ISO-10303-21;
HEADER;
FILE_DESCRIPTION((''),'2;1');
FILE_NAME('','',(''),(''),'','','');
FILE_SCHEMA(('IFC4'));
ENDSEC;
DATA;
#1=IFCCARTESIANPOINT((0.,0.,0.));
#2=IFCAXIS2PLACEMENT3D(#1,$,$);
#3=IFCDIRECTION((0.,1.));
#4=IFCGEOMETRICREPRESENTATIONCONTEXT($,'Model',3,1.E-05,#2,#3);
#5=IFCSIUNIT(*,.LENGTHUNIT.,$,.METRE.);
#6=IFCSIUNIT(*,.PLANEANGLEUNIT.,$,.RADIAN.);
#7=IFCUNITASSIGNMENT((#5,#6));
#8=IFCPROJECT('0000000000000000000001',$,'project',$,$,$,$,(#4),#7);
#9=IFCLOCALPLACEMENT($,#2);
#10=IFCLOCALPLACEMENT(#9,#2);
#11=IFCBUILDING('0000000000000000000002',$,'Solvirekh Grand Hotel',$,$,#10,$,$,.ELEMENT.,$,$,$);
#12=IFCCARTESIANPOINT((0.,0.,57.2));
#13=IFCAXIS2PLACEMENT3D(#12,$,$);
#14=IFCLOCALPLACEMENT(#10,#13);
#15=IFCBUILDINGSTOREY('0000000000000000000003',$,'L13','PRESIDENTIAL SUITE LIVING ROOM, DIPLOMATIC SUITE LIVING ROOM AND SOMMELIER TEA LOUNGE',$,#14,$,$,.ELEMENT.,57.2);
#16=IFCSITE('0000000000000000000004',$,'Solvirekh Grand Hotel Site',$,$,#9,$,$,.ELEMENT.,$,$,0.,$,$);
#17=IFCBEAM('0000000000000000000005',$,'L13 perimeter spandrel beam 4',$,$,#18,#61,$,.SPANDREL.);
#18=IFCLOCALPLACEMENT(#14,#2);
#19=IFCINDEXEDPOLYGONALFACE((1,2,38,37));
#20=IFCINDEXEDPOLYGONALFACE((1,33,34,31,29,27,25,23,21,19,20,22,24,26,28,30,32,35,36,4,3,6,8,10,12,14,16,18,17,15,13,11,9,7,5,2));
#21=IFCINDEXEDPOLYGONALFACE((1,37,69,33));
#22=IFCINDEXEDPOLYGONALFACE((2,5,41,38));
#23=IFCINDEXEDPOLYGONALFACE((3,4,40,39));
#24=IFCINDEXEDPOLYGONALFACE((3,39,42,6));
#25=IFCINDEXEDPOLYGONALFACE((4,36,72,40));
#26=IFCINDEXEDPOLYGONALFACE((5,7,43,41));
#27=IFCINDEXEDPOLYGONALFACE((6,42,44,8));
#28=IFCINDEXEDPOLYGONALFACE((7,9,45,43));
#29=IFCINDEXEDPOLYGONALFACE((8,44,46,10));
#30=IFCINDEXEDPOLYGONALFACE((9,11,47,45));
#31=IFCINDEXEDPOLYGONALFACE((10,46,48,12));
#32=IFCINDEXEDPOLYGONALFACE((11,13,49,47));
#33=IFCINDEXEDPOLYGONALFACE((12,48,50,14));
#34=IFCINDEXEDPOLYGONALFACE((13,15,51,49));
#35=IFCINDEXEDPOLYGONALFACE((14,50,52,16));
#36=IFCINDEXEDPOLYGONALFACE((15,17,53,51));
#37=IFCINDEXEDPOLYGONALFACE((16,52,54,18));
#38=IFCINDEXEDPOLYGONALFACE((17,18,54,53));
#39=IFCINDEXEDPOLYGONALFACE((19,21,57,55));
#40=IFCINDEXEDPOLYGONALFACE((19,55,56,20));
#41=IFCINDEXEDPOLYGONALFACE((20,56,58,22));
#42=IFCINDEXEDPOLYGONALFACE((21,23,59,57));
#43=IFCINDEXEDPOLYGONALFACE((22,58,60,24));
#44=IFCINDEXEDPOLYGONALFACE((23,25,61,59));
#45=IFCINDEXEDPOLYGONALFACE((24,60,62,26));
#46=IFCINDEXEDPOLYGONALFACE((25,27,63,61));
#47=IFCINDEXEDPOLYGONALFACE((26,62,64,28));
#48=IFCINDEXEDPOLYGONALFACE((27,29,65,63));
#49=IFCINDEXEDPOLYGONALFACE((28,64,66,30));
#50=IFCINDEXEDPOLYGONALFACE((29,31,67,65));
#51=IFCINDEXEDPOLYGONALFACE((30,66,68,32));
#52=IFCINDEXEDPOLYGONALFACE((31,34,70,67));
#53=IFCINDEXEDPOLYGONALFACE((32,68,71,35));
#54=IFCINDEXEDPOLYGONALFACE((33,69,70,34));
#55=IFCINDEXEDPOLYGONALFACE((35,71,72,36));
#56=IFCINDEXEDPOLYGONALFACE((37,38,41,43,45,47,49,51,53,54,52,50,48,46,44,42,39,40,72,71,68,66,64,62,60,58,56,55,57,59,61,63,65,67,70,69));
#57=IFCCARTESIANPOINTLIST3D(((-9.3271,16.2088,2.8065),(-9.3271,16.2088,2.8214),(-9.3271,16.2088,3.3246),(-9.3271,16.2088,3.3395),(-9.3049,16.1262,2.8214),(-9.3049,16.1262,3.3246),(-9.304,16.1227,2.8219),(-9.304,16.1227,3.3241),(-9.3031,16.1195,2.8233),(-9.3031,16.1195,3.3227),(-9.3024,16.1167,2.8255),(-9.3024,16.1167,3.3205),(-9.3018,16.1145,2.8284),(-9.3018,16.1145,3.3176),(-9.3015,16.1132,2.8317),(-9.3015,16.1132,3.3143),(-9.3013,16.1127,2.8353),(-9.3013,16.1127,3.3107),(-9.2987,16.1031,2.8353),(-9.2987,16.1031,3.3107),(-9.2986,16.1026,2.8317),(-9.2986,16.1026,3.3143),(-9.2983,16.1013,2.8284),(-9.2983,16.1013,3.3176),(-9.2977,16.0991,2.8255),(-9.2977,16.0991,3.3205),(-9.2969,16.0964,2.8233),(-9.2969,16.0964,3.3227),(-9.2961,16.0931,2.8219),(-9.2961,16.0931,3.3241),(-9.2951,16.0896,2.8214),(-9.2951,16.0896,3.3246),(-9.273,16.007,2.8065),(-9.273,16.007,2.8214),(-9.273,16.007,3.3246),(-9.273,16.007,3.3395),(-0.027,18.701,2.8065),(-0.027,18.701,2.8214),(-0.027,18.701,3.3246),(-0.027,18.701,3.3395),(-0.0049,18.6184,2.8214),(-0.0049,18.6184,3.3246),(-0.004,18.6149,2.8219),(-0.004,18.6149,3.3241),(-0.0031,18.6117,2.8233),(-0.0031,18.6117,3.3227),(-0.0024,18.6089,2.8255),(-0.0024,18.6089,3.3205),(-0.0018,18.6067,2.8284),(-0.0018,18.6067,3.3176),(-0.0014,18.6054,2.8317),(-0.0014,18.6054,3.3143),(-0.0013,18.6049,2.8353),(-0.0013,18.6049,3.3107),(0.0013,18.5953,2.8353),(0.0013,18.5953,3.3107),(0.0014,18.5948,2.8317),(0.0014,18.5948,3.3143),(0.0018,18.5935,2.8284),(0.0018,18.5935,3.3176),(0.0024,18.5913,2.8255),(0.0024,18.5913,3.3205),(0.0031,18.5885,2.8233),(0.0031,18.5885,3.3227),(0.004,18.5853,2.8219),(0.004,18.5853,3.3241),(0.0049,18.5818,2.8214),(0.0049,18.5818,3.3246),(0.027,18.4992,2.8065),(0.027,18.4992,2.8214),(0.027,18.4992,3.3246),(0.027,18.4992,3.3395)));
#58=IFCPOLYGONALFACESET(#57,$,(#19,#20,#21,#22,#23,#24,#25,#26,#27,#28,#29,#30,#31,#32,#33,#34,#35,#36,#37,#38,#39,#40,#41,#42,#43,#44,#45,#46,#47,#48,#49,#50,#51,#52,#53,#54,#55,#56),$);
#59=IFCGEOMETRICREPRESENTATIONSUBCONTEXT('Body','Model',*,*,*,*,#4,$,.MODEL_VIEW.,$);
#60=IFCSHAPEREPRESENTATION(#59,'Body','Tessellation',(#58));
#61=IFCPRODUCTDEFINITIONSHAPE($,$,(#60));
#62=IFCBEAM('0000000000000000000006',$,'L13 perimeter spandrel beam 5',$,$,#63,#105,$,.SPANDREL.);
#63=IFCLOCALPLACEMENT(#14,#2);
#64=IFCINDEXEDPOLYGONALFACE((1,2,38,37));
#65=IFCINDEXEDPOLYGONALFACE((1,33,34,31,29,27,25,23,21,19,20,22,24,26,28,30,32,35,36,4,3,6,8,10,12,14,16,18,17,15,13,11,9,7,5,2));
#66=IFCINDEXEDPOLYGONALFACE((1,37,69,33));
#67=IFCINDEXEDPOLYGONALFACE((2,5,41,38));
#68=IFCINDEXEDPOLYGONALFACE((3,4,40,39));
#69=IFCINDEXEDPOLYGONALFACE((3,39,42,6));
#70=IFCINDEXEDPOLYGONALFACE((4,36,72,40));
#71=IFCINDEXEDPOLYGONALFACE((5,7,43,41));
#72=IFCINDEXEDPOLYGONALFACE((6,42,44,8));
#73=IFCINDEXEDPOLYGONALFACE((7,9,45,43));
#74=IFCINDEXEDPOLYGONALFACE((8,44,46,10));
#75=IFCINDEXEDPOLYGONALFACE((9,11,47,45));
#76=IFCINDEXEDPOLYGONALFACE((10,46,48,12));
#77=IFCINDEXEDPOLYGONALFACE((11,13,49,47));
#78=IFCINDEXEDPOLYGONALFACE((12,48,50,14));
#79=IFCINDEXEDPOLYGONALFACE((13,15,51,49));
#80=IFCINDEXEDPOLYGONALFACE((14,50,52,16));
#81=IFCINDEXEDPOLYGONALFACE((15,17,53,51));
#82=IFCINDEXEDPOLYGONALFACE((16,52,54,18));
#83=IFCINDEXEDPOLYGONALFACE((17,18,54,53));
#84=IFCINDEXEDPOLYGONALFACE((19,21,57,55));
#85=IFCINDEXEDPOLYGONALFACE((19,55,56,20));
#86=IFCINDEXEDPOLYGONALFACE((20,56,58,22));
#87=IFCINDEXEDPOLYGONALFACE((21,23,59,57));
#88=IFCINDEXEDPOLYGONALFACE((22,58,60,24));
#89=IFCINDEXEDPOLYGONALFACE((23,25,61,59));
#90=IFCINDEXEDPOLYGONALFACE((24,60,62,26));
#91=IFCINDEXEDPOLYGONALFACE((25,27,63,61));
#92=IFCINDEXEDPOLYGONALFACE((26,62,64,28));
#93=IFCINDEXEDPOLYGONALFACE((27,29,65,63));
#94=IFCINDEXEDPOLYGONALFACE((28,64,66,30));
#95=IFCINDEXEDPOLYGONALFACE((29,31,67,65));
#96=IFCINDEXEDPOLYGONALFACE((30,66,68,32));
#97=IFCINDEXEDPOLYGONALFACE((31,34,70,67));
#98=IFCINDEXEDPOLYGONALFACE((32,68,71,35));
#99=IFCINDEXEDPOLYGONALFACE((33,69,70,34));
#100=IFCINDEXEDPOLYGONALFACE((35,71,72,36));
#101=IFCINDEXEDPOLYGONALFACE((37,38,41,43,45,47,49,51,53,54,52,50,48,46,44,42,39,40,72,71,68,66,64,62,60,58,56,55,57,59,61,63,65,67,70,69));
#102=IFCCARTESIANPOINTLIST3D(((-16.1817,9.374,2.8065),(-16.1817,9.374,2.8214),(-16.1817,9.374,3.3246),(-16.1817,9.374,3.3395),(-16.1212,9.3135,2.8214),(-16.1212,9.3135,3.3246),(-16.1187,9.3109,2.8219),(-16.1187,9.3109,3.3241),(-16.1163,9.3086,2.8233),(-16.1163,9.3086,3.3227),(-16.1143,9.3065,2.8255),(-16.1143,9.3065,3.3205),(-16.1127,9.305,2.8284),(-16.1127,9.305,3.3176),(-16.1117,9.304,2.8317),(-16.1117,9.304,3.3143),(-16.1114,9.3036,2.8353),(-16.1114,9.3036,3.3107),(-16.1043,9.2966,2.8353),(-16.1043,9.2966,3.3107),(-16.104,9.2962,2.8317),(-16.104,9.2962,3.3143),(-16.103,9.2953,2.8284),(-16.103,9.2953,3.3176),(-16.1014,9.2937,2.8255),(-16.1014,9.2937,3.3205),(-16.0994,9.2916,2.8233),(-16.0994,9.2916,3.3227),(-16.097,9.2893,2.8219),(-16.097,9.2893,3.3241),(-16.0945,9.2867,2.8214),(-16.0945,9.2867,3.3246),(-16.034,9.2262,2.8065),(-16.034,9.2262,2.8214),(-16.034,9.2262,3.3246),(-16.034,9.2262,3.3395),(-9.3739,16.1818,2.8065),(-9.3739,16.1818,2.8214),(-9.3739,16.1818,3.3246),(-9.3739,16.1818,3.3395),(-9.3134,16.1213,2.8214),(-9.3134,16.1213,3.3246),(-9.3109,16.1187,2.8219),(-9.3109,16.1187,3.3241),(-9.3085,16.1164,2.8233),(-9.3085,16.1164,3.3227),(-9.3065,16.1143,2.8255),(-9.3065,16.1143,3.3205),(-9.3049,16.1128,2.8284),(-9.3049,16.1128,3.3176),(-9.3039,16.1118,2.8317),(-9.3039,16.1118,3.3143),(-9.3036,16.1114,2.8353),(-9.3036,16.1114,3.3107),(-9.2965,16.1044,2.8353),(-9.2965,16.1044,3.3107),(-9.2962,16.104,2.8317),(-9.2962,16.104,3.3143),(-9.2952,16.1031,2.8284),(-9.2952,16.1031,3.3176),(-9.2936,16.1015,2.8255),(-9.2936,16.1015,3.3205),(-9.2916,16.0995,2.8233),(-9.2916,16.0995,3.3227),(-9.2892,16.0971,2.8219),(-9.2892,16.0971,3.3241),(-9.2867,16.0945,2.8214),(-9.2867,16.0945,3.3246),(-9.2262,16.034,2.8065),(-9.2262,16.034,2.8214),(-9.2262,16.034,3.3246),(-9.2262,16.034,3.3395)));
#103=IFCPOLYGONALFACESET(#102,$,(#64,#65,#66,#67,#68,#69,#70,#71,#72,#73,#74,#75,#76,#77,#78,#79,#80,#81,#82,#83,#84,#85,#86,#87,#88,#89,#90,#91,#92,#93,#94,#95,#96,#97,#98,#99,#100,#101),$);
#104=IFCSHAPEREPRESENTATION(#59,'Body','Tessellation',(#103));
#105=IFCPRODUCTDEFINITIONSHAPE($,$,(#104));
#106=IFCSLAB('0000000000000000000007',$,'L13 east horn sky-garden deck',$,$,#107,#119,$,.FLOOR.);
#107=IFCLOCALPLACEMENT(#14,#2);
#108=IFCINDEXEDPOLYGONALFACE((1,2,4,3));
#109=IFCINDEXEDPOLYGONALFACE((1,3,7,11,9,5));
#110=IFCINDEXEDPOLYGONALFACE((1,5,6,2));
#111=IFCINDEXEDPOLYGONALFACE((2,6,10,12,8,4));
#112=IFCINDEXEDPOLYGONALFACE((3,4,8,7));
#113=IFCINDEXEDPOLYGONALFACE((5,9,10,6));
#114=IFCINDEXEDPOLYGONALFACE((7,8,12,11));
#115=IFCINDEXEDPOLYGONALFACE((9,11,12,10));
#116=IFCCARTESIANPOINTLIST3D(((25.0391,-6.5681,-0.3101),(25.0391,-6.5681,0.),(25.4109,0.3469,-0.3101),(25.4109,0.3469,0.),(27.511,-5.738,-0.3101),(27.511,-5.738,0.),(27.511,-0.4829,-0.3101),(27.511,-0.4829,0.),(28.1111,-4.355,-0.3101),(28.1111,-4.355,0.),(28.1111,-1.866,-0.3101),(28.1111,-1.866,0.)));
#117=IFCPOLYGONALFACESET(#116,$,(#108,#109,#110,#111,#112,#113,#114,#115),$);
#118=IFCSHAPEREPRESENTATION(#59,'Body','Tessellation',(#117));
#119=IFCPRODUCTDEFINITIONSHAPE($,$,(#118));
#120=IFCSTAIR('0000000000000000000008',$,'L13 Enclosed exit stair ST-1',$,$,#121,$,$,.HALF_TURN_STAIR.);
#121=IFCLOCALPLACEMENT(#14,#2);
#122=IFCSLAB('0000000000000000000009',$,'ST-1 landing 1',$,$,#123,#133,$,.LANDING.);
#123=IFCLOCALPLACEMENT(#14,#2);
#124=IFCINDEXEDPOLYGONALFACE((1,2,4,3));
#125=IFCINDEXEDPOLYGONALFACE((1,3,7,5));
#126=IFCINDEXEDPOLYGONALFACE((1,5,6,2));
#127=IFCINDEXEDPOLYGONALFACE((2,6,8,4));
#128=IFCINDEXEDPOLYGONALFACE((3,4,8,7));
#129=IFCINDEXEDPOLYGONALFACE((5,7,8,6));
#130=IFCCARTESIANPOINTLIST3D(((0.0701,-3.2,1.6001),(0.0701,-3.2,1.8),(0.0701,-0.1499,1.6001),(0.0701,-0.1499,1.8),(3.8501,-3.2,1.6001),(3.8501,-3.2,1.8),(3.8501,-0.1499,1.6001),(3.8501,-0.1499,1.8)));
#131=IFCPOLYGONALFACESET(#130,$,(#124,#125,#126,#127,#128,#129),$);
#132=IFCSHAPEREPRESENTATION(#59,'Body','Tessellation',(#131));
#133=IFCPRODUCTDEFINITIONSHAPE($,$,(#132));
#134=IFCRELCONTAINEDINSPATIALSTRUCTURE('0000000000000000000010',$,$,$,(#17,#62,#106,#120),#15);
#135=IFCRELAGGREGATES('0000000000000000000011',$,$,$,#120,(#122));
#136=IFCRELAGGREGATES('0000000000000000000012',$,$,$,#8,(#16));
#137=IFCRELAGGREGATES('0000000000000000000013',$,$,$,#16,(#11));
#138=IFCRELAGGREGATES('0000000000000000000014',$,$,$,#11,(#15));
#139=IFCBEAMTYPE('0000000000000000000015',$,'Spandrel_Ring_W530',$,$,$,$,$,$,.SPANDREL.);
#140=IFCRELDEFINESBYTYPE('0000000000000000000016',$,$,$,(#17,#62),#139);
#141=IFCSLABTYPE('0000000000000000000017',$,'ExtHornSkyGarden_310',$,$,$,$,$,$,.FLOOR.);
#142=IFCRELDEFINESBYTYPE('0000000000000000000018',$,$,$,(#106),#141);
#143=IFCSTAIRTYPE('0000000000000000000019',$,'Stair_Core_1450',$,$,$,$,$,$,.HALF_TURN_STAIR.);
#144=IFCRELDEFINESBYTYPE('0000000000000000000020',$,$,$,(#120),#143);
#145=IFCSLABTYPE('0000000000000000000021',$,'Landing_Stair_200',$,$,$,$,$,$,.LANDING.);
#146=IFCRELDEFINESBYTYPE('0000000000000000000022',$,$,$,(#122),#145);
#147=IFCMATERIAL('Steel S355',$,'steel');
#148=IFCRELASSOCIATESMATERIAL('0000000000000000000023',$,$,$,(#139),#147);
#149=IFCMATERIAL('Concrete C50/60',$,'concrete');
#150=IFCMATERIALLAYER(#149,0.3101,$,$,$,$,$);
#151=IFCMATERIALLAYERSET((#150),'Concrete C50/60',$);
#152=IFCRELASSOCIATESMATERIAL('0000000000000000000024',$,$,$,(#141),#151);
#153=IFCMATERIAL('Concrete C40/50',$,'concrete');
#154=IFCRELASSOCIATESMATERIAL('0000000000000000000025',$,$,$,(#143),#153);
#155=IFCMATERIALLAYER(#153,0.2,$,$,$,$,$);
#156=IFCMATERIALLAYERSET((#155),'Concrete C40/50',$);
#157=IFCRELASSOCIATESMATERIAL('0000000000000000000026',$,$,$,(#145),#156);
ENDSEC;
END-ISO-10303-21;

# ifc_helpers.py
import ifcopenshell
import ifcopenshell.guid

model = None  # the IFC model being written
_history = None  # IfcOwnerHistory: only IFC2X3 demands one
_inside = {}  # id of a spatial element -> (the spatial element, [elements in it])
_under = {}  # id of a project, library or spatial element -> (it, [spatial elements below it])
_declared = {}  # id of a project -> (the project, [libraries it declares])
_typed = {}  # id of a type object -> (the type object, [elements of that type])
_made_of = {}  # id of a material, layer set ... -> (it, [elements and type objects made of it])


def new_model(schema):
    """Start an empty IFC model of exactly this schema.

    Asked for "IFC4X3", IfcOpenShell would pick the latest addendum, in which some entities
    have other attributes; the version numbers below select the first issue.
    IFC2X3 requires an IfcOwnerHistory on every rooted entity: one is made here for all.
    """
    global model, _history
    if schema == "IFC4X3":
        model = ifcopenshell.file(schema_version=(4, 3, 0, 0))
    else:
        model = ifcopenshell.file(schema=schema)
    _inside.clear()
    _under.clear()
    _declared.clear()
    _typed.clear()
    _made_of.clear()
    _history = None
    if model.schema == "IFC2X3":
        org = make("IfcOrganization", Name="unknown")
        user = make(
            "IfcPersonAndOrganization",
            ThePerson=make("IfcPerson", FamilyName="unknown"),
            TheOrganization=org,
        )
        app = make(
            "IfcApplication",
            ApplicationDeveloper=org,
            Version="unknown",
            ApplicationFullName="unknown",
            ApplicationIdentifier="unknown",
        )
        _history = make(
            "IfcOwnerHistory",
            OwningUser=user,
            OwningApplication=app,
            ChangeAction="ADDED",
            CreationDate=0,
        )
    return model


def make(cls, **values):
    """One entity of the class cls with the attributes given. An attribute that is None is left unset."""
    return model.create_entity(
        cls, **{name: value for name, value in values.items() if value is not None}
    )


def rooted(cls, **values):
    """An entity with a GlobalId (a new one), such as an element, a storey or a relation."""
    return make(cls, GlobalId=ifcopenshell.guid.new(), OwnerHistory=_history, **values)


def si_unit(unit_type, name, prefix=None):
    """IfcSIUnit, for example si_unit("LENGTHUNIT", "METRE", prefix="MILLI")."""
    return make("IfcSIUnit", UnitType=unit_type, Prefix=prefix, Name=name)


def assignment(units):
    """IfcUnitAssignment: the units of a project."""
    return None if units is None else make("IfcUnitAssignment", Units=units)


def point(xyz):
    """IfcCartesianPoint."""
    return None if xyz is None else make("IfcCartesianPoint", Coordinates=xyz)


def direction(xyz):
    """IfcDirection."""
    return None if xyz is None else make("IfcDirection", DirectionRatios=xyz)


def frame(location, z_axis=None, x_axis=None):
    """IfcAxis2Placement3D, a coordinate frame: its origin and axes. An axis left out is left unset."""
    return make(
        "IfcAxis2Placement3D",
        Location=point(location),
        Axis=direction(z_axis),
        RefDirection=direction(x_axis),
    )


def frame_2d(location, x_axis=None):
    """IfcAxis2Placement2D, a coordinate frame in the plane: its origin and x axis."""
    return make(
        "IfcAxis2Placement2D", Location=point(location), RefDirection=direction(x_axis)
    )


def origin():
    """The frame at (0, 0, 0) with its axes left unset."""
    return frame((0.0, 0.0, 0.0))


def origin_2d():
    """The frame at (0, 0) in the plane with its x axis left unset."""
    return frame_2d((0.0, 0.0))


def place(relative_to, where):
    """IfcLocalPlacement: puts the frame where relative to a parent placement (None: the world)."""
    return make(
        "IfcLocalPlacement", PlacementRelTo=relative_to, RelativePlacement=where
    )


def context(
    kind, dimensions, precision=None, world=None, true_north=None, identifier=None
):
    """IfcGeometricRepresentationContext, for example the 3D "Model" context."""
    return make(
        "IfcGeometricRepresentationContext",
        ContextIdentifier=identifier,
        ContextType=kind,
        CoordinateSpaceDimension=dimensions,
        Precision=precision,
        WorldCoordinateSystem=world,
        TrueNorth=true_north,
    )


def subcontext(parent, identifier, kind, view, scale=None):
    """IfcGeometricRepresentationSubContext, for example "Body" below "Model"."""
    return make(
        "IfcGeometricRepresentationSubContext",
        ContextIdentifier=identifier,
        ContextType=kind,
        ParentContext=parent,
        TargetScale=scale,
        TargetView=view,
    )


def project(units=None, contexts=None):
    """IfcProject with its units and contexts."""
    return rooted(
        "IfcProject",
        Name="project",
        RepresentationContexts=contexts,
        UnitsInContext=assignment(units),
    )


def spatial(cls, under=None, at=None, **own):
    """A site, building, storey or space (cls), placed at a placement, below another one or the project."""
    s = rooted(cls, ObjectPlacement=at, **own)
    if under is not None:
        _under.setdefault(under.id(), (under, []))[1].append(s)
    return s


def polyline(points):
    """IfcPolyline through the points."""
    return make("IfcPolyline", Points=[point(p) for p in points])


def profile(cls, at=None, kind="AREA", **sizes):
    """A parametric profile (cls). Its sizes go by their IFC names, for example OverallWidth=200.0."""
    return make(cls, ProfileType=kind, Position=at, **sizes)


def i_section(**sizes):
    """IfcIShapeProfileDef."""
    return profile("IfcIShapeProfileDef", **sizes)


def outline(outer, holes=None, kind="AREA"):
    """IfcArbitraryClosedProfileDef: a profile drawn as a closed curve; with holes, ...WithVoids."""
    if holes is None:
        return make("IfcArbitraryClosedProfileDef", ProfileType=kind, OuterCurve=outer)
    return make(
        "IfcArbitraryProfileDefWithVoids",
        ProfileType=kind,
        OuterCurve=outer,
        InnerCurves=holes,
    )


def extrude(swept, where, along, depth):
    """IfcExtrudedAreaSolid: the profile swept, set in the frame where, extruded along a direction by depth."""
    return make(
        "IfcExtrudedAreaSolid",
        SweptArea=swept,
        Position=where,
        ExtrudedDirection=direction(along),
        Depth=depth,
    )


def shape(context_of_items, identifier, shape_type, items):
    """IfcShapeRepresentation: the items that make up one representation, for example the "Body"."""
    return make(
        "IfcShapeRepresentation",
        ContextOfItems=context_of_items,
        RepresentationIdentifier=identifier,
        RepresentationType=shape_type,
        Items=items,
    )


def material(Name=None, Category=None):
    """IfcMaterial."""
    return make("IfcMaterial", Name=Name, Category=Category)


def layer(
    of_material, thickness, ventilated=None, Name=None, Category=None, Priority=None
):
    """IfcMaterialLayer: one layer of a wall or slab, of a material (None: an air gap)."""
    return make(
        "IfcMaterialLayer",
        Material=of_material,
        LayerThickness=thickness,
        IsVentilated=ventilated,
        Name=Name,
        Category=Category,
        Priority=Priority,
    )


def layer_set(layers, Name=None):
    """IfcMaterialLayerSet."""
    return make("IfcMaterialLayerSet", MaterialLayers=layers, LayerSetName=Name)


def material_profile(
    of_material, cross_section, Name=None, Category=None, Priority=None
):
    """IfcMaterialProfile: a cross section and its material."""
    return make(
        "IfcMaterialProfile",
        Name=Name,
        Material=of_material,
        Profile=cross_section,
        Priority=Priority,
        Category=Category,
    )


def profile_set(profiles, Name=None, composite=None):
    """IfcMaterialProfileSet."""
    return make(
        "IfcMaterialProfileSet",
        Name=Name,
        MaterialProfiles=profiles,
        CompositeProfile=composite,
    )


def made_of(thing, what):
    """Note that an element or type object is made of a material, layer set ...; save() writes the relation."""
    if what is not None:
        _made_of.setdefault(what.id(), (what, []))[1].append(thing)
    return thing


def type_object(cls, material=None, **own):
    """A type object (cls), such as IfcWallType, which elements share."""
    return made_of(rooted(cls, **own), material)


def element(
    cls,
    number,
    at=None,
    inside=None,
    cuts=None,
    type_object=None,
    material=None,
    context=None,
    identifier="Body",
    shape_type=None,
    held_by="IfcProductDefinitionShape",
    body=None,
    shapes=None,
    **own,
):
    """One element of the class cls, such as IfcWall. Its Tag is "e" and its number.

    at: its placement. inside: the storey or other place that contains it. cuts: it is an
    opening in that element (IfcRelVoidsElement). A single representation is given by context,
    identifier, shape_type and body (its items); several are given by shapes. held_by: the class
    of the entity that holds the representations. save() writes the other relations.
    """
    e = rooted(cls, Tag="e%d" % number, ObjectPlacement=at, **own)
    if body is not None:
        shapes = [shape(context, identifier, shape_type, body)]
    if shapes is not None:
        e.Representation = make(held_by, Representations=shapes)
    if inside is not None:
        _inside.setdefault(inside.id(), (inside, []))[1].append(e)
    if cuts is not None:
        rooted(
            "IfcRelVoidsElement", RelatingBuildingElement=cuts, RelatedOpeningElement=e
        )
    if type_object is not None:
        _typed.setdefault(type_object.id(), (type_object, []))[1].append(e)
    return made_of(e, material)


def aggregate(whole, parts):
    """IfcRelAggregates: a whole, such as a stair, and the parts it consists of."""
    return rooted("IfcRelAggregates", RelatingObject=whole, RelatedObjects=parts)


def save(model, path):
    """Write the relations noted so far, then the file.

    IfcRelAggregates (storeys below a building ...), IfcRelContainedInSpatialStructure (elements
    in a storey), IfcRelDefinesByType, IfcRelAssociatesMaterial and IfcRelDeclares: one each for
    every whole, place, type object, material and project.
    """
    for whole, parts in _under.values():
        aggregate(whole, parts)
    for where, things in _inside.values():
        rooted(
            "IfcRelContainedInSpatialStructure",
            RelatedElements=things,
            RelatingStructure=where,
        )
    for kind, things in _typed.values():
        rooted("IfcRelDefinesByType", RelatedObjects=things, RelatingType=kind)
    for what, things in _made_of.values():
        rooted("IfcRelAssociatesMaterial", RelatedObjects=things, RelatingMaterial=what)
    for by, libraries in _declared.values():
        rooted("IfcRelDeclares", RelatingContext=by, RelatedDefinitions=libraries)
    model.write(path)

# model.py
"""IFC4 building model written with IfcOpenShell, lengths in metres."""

from ifc_helpers import new_model, si_unit, direction, frame, origin, origin_2d, place, context, subcontext, project, spatial, polyline, i_section, outline, extrude, material, layer, layer_set, material_profile, profile_set, type_object, element, aggregate, save


model = new_model("IFC4")

# Units and contexts
model_context = context("Model", 3, precision=1e-05, world=origin(), true_north=direction((0.0, 1.0)))
body_context = subcontext(model_context, "Body", "Model", "MODEL_VIEW")
ifc_project = project(units=[si_unit("LENGTHUNIT", "METRE"), si_unit("PLANEANGLEUNIT", "RADIAN")], contexts=[model_context])

# Site, building, storey
site_placement = place(None, origin())
site = spatial("IfcSite", under=ifc_project, at=site_placement, Name="Solvirekh Grand Hotel Site", CompositionType="ELEMENT", RefElevation=0.0)
building_placement = place(site_placement, origin())
building = spatial("IfcBuilding", under=site, at=building_placement, Name="Solvirekh Grand Hotel", CompositionType="ELEMENT")
storey_placement = place(building_placement, frame((0.0, 0.0, 57.2)))
storey = spatial("IfcBuildingStorey", under=building, at=storey_placement, Name="L13", Description="PRESIDENTIAL SUITE LIVING ROOM, DIPLOMATIC SUITE LIVING ROOM AND SOMMELIER TEA LOUNGE", CompositionType="ELEMENT", Elevation=57.2)

# Beams
ifc_material_1 = material(Name="Concrete C50/60", Category="concrete")
ifc_material_2 = material(Name="Steel S355", Category="steel")
ifc_material_profile_1 = material_profile(ifc_material_2, i_section(OverallWidth=0.209, OverallDepth=0.533, WebThickness=0.01, FlangeThickness=0.0149, FilletRadius=0.0139, at=origin_2d()), Name="W530X92")
ifc_profile_set_1 = profile_set([ifc_material_profile_1], Name="Steel S355")
beam_type_1 = type_object("IfcBeamType", Name="Spandrel_Ring_W530", PredefinedType="SPANDREL", material=ifc_profile_set_1)
beam_1_placement = place(storey_placement, frame((0.0, 18.6001, 3.073), z_axis=(-0.965919, -0.258843, 0.0), x_axis=(0.258843, -0.965919, 0.0)))
element("IfcBeam", 1, at=beam_1_placement, inside=storey, type_object=beam_type_1, Name="L13 perimeter spandrel beam 4", PredefinedType="SPANDREL", context=body_context, shape_type="SweptSolid", body=[
    extrude(i_section(OverallWidth=0.209, OverallDepth=0.533, WebThickness=0.01, FlangeThickness=0.0149, FilletRadius=0.0139, at=origin_2d()), origin(), (0.0, 0.0, 1.0), 9.6282),
])
beam_2_placement = place(storey_placement, frame((-9.3, 16.1079, 3.073), z_axis=(-0.707107, -0.707107, 0.0), x_axis=(0.707107, -0.707107, 0.0)))
element("IfcBeam", 2, at=beam_2_placement, inside=storey, type_object=beam_type_1, Name="L13 perimeter spandrel beam 5", PredefinedType="SPANDREL", context=body_context, shape_type="SweptSolid", body=[
    extrude(i_section(OverallWidth=0.209, OverallDepth=0.533, WebThickness=0.01, FlangeThickness=0.0149, FilletRadius=0.0139, at=origin_2d()), origin(), (0.0, 0.0, 1.0), 9.6277),
])

# Slab
ifc_layer_1 = layer(ifc_material_1, 0.3101)
ifc_layer_set_1 = layer_set([ifc_layer_1], Name="Concrete C50/60")
slab_type_1 = type_object("IfcSlabType", Name="ExtHornSkyGarden_310", PredefinedType="FLOOR", material=ifc_layer_set_1)
slab_1_placement = place(storey_placement, frame((0.0, 0.0, -0.3101)))
element("IfcSlab", 3, at=slab_1_placement, inside=storey, type_object=slab_type_1, Name="L13 east horn sky-garden deck", PredefinedType="FLOOR", context=body_context, shape_type="SweptSolid", body=[
    extrude(outline(polyline([(25.4109, 0.3469), (25.0391, -6.5681), (27.511, -5.738), (28.1111, -4.355), (28.1111, -1.866), (27.511, -0.4829), (25.4109, 0.3469)])), origin(), (0.0, 0.0, 1.0), 0.3101),
])

# Stair, slab
ifc_material_3 = material(Name="Concrete C40/50", Category="concrete")
stair_type = type_object("IfcStairType", Name="Stair_Core_1450", PredefinedType="HALF_TURN_STAIR", material=ifc_material_3)
stair_1_placement = place(storey_placement, origin())
stair_1 = element("IfcStair", 4, at=stair_1_placement, inside=storey, type_object=stair_type, Name="L13 Enclosed exit stair ST-1", PredefinedType="HALF_TURN_STAIR")
ifc_layer_2 = layer(ifc_material_3, 0.2)
ifc_layer_set_2 = layer_set([ifc_layer_2], Name="Concrete C40/50")
slab_type_2 = type_object("IfcSlabType", Name="Landing_Stair_200", PredefinedType="LANDING", material=ifc_layer_set_2)
slab_2_placement = place(storey_placement, frame((0.0, 0.0, 1.6001)))
slab_2 = element("IfcSlab", 5, at=slab_2_placement, type_object=slab_type_2, Name="ST-1 landing 1", PredefinedType="LANDING", context=body_context, shape_type="SweptSolid", body=[
    extrude(outline(polyline([(0.0701, -3.2), (3.8501, -3.2), (3.8501, -0.1499), (0.0701, -0.1499), (0.0701, -3.2)])), origin(), (0.0, 0.0, 1.0), 0.2),
])
aggregate(stair_1, [slab_2])

save(model, "model.ifc")
